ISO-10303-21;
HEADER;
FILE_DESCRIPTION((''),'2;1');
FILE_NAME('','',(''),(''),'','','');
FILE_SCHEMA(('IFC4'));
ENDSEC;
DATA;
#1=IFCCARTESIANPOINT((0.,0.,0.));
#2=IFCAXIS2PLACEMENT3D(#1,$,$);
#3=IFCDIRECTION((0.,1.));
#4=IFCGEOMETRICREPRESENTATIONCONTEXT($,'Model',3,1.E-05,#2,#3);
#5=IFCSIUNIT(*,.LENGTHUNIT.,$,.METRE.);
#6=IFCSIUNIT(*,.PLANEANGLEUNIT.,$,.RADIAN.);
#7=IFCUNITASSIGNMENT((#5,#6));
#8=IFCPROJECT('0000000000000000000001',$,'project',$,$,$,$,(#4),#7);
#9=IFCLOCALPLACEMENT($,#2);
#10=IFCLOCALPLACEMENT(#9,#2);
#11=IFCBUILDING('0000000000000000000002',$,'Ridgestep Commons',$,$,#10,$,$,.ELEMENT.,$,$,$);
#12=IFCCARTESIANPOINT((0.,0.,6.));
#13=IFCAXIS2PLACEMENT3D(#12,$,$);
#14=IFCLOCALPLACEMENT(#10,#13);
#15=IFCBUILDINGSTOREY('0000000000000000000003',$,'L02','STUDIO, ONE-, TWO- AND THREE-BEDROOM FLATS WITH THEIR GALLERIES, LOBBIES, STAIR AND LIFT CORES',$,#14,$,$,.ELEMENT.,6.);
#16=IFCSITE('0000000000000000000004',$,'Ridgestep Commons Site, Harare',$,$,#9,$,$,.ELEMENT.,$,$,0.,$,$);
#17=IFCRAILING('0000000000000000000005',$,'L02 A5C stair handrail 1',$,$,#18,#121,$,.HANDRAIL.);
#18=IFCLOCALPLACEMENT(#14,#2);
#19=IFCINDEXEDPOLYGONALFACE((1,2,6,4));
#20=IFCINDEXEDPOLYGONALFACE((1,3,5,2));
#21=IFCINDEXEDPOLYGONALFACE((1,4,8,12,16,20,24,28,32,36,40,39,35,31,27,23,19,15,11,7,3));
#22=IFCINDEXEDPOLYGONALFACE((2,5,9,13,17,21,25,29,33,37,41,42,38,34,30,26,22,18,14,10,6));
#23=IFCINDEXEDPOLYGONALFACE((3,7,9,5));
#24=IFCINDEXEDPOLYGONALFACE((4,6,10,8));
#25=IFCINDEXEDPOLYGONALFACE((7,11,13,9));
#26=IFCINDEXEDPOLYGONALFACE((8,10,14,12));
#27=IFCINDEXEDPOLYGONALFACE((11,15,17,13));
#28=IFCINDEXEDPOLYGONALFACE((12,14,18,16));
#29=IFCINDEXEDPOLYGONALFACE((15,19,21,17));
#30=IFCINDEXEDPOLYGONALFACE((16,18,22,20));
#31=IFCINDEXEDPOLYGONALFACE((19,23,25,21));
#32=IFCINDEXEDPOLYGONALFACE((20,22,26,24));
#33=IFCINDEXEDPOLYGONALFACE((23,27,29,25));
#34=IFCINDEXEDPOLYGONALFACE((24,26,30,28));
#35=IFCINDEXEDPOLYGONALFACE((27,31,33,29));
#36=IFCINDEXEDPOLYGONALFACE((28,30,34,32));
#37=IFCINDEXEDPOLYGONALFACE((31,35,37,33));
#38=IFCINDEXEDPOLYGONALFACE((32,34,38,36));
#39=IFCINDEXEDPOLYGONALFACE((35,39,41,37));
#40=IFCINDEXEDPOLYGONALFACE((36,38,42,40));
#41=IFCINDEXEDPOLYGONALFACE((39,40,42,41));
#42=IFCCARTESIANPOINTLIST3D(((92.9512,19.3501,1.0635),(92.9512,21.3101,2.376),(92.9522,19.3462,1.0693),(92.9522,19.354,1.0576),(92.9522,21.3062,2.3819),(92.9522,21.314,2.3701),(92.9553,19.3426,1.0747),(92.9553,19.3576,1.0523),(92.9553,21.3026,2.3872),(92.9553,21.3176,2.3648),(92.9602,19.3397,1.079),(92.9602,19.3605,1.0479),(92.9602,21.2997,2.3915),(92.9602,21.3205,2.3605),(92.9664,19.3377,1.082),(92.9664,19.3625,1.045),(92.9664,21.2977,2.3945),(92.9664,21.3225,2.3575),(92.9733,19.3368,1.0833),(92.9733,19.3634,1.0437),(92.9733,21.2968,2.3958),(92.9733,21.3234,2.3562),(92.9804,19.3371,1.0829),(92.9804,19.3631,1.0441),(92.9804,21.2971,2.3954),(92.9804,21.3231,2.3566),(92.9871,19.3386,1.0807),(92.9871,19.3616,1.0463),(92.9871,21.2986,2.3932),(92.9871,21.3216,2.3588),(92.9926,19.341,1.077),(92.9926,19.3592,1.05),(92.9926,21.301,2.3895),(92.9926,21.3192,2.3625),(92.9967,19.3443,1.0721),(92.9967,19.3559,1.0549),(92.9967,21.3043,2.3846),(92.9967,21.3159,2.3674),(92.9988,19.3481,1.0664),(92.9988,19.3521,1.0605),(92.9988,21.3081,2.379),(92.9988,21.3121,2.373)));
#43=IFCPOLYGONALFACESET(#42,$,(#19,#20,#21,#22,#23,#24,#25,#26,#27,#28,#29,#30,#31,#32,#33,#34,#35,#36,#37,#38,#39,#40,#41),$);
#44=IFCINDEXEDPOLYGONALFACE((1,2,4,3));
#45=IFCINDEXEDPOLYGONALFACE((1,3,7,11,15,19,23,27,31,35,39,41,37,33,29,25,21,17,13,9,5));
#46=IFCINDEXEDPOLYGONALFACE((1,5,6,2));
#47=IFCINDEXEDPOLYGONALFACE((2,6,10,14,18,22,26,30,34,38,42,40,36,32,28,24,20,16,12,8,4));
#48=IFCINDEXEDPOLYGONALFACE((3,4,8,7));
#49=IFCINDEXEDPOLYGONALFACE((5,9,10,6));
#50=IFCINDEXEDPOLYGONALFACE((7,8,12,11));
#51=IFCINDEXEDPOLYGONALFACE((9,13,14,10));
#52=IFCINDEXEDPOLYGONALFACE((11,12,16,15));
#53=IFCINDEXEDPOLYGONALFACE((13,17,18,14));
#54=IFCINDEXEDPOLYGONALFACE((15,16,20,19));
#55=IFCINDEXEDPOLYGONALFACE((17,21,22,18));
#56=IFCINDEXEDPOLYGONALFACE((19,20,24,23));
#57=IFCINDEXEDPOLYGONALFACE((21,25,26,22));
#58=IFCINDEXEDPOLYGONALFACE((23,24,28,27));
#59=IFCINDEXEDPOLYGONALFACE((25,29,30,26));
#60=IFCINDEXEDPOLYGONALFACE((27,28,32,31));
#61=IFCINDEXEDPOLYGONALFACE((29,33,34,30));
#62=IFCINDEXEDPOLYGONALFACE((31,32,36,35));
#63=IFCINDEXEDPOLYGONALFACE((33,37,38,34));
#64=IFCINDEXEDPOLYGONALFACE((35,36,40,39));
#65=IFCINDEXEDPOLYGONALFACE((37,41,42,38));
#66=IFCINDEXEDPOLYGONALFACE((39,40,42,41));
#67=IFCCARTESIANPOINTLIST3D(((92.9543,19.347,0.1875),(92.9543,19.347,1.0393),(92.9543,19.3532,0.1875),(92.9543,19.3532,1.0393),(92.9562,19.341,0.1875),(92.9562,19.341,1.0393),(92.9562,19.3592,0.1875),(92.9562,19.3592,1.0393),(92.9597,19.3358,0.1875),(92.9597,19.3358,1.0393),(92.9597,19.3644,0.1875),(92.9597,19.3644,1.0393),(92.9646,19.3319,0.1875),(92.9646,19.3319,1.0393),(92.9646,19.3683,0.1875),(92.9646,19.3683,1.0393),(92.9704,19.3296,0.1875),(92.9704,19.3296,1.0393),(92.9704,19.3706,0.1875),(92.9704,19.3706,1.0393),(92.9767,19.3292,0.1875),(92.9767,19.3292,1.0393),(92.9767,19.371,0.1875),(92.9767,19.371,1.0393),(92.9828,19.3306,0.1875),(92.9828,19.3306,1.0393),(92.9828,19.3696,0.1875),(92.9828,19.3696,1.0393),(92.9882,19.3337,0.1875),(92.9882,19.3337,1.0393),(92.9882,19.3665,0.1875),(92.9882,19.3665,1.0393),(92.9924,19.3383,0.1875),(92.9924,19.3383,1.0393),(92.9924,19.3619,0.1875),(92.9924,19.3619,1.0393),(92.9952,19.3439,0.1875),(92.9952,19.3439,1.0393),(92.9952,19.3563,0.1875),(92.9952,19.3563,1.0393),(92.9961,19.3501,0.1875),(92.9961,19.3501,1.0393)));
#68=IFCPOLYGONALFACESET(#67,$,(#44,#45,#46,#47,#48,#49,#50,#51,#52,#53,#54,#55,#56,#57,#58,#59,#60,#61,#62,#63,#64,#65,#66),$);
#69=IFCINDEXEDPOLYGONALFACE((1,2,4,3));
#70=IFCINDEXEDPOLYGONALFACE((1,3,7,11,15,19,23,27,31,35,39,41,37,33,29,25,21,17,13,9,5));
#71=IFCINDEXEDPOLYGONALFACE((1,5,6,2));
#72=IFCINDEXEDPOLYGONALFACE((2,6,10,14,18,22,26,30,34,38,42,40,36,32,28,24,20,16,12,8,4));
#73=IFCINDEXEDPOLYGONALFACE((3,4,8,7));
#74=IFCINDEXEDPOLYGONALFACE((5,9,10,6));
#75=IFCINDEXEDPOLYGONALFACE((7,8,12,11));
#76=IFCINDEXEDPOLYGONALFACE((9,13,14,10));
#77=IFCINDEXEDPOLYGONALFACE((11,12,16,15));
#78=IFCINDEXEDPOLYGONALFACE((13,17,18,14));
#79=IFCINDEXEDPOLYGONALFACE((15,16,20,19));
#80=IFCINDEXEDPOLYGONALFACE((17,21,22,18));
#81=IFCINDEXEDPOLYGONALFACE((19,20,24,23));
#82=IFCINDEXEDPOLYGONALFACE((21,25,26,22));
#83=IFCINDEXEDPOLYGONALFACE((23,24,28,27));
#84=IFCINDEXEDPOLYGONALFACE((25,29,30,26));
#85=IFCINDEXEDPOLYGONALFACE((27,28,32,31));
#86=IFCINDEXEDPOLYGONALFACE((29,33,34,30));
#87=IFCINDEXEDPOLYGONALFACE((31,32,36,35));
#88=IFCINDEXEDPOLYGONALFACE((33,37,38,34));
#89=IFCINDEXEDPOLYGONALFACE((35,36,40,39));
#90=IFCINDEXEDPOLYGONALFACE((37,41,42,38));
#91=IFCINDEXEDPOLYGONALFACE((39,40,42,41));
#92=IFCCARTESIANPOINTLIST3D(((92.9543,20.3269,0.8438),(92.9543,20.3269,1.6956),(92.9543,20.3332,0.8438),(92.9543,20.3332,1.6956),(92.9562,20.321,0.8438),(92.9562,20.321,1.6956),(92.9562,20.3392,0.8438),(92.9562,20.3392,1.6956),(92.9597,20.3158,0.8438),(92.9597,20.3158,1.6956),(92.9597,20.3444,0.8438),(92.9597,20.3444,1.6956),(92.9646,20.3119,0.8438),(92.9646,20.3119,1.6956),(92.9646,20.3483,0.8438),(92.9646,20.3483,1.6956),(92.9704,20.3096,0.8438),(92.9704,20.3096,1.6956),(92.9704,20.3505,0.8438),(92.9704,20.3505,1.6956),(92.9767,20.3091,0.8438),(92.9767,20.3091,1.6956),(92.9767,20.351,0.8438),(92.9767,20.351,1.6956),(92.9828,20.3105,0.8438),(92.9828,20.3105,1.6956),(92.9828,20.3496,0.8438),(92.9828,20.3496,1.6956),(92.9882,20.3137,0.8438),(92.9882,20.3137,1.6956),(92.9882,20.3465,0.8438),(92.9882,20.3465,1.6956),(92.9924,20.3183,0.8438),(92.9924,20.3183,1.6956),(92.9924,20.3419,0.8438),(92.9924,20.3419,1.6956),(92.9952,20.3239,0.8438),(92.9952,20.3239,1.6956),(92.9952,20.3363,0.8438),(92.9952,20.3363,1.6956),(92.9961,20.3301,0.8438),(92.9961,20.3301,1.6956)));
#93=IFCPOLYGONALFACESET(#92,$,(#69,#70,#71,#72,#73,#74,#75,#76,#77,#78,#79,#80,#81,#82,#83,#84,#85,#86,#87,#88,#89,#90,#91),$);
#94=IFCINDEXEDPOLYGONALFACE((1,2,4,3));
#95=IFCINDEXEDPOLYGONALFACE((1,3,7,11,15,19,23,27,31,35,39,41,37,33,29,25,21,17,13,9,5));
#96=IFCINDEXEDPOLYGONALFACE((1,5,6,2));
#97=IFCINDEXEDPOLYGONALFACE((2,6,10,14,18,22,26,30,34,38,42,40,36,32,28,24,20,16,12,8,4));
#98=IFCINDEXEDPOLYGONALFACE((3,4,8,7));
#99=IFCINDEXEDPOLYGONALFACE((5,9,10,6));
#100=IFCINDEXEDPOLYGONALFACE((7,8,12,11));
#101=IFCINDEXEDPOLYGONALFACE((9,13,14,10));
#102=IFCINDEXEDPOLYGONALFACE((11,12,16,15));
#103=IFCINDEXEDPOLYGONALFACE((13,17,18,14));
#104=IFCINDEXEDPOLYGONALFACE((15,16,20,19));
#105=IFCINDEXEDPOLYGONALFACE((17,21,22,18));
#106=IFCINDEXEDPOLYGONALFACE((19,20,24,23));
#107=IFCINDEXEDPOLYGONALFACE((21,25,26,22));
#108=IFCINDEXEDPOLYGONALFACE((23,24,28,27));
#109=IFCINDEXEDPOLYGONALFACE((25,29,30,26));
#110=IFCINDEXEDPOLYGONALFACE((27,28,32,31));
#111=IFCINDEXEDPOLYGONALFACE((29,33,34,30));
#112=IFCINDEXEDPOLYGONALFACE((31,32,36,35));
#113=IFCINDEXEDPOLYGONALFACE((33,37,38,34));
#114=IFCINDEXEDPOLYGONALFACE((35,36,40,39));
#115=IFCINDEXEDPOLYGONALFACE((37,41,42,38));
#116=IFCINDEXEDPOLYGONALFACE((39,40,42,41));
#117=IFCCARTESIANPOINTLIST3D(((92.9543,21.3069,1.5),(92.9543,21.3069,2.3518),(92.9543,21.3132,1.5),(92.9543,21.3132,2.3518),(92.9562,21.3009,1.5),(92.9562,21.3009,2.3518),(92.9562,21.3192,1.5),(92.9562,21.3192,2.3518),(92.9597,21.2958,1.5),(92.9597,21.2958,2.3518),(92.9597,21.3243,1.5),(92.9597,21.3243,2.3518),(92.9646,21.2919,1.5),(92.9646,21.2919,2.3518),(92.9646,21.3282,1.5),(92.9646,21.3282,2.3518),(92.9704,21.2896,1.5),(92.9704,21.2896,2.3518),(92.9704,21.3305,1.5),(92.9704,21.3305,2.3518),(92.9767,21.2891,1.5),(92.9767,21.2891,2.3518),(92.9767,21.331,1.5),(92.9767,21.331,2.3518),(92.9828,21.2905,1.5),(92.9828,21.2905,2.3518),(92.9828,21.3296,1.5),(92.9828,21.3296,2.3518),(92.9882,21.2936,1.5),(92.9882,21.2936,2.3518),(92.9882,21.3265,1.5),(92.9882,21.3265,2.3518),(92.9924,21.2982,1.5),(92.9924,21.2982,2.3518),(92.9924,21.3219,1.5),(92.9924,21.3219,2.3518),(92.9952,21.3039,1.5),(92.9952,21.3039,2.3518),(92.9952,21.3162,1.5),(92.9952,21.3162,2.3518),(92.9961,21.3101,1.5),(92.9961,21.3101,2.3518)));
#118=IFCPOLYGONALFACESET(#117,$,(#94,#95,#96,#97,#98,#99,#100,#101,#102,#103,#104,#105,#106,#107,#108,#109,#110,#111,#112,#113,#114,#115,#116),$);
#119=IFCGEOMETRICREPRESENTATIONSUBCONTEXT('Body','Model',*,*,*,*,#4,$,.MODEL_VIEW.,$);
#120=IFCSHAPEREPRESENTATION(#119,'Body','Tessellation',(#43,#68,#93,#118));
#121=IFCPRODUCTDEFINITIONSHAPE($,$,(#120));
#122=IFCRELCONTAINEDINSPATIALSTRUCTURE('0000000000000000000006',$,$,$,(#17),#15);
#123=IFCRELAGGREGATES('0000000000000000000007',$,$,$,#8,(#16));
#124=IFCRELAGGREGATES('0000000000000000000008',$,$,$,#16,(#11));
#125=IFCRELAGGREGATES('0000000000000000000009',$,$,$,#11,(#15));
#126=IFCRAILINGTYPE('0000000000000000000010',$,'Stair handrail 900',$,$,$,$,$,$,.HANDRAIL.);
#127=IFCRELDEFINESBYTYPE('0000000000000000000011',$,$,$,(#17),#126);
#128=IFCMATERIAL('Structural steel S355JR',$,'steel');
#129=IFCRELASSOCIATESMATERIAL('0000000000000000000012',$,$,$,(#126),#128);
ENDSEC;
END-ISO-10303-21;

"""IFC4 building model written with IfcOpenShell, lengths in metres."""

from ifc_helpers import new_model, si_unit, direction, frame, origin, origin_2d, place, context, subcontext, project, spatial, circle, extrude, material, type_object, element, save


model = new_model("IFC4")

# Units and contexts
model_context = context("Model", 3, precision=1e-05, world=origin(), true_north=direction((0.0, 1.0)))
body_context = subcontext(model_context, "Body", "Model", "MODEL_VIEW")
ifc_project = project(units=[si_unit("LENGTHUNIT", "METRE"), si_unit("PLANEANGLEUNIT", "RADIAN")], contexts=[model_context])

# Site, building, storey
site_placement = place(None, origin())
site = spatial("IfcSite", under=ifc_project, at=site_placement, Name="Ridgestep Commons Site, Harare", CompositionType="ELEMENT", RefElevation=0.0)
building_placement = place(site_placement, origin())
building = spatial("IfcBuilding", under=site, at=building_placement, Name="Ridgestep Commons", CompositionType="ELEMENT")
storey_placement = place(building_placement, frame((0.0, 0.0, 6.0)))
storey = spatial("IfcBuildingStorey", under=building, at=storey_placement, Name="L02", Description="STUDIO, ONE-, TWO- AND THREE-BEDROOM FLATS WITH THEIR GALLERIES, LOBBIES, STAIR AND LIFT CORES", CompositionType="ELEMENT", Elevation=6.0)

# Railing
ifc_material_1 = material(Name="Structural steel S355JR", Category="steel")
railing_type_1 = type_object("IfcRailingType", Name="Stair handrail 900", PredefinedType="HANDRAIL", material=ifc_material_1)
railing_1_placement = place(storey_placement, frame((92.9751, 19.3501, 0.1875)))
element("IfcRailing", 1, at=railing_1_placement, inside=storey, type_object=railing_type_1, Name="L02 A5C stair handrail 1", PredefinedType="HANDRAIL", context=body_context, shape_type="SweptSolid", body=[
    extrude(circle(Radius=0.0239, at=origin_2d()), frame((0.0, 0.0, 0.876), z_axis=(0.0, 0.830902, 0.556419), x_axis=(-1.0, 0.0, 0.0)), (0.0, 0.0, 1.0), 2.3589),
    extrude(circle(Radius=0.021, at=origin_2d()), origin(), (0.0, 0.0, 1.0), 0.8518),
    extrude(circle(Radius=0.021, at=origin_2d()), frame((0.0, 0.98, 0.6562)), (0.0, 0.0, 1.0), 0.8518),
    extrude(circle(Radius=0.021, at=origin_2d()), frame((0.0, 1.96, 1.3125)), (0.0, 0.0, 1.0), 0.8518),
])

save(model, "model.ifc")
